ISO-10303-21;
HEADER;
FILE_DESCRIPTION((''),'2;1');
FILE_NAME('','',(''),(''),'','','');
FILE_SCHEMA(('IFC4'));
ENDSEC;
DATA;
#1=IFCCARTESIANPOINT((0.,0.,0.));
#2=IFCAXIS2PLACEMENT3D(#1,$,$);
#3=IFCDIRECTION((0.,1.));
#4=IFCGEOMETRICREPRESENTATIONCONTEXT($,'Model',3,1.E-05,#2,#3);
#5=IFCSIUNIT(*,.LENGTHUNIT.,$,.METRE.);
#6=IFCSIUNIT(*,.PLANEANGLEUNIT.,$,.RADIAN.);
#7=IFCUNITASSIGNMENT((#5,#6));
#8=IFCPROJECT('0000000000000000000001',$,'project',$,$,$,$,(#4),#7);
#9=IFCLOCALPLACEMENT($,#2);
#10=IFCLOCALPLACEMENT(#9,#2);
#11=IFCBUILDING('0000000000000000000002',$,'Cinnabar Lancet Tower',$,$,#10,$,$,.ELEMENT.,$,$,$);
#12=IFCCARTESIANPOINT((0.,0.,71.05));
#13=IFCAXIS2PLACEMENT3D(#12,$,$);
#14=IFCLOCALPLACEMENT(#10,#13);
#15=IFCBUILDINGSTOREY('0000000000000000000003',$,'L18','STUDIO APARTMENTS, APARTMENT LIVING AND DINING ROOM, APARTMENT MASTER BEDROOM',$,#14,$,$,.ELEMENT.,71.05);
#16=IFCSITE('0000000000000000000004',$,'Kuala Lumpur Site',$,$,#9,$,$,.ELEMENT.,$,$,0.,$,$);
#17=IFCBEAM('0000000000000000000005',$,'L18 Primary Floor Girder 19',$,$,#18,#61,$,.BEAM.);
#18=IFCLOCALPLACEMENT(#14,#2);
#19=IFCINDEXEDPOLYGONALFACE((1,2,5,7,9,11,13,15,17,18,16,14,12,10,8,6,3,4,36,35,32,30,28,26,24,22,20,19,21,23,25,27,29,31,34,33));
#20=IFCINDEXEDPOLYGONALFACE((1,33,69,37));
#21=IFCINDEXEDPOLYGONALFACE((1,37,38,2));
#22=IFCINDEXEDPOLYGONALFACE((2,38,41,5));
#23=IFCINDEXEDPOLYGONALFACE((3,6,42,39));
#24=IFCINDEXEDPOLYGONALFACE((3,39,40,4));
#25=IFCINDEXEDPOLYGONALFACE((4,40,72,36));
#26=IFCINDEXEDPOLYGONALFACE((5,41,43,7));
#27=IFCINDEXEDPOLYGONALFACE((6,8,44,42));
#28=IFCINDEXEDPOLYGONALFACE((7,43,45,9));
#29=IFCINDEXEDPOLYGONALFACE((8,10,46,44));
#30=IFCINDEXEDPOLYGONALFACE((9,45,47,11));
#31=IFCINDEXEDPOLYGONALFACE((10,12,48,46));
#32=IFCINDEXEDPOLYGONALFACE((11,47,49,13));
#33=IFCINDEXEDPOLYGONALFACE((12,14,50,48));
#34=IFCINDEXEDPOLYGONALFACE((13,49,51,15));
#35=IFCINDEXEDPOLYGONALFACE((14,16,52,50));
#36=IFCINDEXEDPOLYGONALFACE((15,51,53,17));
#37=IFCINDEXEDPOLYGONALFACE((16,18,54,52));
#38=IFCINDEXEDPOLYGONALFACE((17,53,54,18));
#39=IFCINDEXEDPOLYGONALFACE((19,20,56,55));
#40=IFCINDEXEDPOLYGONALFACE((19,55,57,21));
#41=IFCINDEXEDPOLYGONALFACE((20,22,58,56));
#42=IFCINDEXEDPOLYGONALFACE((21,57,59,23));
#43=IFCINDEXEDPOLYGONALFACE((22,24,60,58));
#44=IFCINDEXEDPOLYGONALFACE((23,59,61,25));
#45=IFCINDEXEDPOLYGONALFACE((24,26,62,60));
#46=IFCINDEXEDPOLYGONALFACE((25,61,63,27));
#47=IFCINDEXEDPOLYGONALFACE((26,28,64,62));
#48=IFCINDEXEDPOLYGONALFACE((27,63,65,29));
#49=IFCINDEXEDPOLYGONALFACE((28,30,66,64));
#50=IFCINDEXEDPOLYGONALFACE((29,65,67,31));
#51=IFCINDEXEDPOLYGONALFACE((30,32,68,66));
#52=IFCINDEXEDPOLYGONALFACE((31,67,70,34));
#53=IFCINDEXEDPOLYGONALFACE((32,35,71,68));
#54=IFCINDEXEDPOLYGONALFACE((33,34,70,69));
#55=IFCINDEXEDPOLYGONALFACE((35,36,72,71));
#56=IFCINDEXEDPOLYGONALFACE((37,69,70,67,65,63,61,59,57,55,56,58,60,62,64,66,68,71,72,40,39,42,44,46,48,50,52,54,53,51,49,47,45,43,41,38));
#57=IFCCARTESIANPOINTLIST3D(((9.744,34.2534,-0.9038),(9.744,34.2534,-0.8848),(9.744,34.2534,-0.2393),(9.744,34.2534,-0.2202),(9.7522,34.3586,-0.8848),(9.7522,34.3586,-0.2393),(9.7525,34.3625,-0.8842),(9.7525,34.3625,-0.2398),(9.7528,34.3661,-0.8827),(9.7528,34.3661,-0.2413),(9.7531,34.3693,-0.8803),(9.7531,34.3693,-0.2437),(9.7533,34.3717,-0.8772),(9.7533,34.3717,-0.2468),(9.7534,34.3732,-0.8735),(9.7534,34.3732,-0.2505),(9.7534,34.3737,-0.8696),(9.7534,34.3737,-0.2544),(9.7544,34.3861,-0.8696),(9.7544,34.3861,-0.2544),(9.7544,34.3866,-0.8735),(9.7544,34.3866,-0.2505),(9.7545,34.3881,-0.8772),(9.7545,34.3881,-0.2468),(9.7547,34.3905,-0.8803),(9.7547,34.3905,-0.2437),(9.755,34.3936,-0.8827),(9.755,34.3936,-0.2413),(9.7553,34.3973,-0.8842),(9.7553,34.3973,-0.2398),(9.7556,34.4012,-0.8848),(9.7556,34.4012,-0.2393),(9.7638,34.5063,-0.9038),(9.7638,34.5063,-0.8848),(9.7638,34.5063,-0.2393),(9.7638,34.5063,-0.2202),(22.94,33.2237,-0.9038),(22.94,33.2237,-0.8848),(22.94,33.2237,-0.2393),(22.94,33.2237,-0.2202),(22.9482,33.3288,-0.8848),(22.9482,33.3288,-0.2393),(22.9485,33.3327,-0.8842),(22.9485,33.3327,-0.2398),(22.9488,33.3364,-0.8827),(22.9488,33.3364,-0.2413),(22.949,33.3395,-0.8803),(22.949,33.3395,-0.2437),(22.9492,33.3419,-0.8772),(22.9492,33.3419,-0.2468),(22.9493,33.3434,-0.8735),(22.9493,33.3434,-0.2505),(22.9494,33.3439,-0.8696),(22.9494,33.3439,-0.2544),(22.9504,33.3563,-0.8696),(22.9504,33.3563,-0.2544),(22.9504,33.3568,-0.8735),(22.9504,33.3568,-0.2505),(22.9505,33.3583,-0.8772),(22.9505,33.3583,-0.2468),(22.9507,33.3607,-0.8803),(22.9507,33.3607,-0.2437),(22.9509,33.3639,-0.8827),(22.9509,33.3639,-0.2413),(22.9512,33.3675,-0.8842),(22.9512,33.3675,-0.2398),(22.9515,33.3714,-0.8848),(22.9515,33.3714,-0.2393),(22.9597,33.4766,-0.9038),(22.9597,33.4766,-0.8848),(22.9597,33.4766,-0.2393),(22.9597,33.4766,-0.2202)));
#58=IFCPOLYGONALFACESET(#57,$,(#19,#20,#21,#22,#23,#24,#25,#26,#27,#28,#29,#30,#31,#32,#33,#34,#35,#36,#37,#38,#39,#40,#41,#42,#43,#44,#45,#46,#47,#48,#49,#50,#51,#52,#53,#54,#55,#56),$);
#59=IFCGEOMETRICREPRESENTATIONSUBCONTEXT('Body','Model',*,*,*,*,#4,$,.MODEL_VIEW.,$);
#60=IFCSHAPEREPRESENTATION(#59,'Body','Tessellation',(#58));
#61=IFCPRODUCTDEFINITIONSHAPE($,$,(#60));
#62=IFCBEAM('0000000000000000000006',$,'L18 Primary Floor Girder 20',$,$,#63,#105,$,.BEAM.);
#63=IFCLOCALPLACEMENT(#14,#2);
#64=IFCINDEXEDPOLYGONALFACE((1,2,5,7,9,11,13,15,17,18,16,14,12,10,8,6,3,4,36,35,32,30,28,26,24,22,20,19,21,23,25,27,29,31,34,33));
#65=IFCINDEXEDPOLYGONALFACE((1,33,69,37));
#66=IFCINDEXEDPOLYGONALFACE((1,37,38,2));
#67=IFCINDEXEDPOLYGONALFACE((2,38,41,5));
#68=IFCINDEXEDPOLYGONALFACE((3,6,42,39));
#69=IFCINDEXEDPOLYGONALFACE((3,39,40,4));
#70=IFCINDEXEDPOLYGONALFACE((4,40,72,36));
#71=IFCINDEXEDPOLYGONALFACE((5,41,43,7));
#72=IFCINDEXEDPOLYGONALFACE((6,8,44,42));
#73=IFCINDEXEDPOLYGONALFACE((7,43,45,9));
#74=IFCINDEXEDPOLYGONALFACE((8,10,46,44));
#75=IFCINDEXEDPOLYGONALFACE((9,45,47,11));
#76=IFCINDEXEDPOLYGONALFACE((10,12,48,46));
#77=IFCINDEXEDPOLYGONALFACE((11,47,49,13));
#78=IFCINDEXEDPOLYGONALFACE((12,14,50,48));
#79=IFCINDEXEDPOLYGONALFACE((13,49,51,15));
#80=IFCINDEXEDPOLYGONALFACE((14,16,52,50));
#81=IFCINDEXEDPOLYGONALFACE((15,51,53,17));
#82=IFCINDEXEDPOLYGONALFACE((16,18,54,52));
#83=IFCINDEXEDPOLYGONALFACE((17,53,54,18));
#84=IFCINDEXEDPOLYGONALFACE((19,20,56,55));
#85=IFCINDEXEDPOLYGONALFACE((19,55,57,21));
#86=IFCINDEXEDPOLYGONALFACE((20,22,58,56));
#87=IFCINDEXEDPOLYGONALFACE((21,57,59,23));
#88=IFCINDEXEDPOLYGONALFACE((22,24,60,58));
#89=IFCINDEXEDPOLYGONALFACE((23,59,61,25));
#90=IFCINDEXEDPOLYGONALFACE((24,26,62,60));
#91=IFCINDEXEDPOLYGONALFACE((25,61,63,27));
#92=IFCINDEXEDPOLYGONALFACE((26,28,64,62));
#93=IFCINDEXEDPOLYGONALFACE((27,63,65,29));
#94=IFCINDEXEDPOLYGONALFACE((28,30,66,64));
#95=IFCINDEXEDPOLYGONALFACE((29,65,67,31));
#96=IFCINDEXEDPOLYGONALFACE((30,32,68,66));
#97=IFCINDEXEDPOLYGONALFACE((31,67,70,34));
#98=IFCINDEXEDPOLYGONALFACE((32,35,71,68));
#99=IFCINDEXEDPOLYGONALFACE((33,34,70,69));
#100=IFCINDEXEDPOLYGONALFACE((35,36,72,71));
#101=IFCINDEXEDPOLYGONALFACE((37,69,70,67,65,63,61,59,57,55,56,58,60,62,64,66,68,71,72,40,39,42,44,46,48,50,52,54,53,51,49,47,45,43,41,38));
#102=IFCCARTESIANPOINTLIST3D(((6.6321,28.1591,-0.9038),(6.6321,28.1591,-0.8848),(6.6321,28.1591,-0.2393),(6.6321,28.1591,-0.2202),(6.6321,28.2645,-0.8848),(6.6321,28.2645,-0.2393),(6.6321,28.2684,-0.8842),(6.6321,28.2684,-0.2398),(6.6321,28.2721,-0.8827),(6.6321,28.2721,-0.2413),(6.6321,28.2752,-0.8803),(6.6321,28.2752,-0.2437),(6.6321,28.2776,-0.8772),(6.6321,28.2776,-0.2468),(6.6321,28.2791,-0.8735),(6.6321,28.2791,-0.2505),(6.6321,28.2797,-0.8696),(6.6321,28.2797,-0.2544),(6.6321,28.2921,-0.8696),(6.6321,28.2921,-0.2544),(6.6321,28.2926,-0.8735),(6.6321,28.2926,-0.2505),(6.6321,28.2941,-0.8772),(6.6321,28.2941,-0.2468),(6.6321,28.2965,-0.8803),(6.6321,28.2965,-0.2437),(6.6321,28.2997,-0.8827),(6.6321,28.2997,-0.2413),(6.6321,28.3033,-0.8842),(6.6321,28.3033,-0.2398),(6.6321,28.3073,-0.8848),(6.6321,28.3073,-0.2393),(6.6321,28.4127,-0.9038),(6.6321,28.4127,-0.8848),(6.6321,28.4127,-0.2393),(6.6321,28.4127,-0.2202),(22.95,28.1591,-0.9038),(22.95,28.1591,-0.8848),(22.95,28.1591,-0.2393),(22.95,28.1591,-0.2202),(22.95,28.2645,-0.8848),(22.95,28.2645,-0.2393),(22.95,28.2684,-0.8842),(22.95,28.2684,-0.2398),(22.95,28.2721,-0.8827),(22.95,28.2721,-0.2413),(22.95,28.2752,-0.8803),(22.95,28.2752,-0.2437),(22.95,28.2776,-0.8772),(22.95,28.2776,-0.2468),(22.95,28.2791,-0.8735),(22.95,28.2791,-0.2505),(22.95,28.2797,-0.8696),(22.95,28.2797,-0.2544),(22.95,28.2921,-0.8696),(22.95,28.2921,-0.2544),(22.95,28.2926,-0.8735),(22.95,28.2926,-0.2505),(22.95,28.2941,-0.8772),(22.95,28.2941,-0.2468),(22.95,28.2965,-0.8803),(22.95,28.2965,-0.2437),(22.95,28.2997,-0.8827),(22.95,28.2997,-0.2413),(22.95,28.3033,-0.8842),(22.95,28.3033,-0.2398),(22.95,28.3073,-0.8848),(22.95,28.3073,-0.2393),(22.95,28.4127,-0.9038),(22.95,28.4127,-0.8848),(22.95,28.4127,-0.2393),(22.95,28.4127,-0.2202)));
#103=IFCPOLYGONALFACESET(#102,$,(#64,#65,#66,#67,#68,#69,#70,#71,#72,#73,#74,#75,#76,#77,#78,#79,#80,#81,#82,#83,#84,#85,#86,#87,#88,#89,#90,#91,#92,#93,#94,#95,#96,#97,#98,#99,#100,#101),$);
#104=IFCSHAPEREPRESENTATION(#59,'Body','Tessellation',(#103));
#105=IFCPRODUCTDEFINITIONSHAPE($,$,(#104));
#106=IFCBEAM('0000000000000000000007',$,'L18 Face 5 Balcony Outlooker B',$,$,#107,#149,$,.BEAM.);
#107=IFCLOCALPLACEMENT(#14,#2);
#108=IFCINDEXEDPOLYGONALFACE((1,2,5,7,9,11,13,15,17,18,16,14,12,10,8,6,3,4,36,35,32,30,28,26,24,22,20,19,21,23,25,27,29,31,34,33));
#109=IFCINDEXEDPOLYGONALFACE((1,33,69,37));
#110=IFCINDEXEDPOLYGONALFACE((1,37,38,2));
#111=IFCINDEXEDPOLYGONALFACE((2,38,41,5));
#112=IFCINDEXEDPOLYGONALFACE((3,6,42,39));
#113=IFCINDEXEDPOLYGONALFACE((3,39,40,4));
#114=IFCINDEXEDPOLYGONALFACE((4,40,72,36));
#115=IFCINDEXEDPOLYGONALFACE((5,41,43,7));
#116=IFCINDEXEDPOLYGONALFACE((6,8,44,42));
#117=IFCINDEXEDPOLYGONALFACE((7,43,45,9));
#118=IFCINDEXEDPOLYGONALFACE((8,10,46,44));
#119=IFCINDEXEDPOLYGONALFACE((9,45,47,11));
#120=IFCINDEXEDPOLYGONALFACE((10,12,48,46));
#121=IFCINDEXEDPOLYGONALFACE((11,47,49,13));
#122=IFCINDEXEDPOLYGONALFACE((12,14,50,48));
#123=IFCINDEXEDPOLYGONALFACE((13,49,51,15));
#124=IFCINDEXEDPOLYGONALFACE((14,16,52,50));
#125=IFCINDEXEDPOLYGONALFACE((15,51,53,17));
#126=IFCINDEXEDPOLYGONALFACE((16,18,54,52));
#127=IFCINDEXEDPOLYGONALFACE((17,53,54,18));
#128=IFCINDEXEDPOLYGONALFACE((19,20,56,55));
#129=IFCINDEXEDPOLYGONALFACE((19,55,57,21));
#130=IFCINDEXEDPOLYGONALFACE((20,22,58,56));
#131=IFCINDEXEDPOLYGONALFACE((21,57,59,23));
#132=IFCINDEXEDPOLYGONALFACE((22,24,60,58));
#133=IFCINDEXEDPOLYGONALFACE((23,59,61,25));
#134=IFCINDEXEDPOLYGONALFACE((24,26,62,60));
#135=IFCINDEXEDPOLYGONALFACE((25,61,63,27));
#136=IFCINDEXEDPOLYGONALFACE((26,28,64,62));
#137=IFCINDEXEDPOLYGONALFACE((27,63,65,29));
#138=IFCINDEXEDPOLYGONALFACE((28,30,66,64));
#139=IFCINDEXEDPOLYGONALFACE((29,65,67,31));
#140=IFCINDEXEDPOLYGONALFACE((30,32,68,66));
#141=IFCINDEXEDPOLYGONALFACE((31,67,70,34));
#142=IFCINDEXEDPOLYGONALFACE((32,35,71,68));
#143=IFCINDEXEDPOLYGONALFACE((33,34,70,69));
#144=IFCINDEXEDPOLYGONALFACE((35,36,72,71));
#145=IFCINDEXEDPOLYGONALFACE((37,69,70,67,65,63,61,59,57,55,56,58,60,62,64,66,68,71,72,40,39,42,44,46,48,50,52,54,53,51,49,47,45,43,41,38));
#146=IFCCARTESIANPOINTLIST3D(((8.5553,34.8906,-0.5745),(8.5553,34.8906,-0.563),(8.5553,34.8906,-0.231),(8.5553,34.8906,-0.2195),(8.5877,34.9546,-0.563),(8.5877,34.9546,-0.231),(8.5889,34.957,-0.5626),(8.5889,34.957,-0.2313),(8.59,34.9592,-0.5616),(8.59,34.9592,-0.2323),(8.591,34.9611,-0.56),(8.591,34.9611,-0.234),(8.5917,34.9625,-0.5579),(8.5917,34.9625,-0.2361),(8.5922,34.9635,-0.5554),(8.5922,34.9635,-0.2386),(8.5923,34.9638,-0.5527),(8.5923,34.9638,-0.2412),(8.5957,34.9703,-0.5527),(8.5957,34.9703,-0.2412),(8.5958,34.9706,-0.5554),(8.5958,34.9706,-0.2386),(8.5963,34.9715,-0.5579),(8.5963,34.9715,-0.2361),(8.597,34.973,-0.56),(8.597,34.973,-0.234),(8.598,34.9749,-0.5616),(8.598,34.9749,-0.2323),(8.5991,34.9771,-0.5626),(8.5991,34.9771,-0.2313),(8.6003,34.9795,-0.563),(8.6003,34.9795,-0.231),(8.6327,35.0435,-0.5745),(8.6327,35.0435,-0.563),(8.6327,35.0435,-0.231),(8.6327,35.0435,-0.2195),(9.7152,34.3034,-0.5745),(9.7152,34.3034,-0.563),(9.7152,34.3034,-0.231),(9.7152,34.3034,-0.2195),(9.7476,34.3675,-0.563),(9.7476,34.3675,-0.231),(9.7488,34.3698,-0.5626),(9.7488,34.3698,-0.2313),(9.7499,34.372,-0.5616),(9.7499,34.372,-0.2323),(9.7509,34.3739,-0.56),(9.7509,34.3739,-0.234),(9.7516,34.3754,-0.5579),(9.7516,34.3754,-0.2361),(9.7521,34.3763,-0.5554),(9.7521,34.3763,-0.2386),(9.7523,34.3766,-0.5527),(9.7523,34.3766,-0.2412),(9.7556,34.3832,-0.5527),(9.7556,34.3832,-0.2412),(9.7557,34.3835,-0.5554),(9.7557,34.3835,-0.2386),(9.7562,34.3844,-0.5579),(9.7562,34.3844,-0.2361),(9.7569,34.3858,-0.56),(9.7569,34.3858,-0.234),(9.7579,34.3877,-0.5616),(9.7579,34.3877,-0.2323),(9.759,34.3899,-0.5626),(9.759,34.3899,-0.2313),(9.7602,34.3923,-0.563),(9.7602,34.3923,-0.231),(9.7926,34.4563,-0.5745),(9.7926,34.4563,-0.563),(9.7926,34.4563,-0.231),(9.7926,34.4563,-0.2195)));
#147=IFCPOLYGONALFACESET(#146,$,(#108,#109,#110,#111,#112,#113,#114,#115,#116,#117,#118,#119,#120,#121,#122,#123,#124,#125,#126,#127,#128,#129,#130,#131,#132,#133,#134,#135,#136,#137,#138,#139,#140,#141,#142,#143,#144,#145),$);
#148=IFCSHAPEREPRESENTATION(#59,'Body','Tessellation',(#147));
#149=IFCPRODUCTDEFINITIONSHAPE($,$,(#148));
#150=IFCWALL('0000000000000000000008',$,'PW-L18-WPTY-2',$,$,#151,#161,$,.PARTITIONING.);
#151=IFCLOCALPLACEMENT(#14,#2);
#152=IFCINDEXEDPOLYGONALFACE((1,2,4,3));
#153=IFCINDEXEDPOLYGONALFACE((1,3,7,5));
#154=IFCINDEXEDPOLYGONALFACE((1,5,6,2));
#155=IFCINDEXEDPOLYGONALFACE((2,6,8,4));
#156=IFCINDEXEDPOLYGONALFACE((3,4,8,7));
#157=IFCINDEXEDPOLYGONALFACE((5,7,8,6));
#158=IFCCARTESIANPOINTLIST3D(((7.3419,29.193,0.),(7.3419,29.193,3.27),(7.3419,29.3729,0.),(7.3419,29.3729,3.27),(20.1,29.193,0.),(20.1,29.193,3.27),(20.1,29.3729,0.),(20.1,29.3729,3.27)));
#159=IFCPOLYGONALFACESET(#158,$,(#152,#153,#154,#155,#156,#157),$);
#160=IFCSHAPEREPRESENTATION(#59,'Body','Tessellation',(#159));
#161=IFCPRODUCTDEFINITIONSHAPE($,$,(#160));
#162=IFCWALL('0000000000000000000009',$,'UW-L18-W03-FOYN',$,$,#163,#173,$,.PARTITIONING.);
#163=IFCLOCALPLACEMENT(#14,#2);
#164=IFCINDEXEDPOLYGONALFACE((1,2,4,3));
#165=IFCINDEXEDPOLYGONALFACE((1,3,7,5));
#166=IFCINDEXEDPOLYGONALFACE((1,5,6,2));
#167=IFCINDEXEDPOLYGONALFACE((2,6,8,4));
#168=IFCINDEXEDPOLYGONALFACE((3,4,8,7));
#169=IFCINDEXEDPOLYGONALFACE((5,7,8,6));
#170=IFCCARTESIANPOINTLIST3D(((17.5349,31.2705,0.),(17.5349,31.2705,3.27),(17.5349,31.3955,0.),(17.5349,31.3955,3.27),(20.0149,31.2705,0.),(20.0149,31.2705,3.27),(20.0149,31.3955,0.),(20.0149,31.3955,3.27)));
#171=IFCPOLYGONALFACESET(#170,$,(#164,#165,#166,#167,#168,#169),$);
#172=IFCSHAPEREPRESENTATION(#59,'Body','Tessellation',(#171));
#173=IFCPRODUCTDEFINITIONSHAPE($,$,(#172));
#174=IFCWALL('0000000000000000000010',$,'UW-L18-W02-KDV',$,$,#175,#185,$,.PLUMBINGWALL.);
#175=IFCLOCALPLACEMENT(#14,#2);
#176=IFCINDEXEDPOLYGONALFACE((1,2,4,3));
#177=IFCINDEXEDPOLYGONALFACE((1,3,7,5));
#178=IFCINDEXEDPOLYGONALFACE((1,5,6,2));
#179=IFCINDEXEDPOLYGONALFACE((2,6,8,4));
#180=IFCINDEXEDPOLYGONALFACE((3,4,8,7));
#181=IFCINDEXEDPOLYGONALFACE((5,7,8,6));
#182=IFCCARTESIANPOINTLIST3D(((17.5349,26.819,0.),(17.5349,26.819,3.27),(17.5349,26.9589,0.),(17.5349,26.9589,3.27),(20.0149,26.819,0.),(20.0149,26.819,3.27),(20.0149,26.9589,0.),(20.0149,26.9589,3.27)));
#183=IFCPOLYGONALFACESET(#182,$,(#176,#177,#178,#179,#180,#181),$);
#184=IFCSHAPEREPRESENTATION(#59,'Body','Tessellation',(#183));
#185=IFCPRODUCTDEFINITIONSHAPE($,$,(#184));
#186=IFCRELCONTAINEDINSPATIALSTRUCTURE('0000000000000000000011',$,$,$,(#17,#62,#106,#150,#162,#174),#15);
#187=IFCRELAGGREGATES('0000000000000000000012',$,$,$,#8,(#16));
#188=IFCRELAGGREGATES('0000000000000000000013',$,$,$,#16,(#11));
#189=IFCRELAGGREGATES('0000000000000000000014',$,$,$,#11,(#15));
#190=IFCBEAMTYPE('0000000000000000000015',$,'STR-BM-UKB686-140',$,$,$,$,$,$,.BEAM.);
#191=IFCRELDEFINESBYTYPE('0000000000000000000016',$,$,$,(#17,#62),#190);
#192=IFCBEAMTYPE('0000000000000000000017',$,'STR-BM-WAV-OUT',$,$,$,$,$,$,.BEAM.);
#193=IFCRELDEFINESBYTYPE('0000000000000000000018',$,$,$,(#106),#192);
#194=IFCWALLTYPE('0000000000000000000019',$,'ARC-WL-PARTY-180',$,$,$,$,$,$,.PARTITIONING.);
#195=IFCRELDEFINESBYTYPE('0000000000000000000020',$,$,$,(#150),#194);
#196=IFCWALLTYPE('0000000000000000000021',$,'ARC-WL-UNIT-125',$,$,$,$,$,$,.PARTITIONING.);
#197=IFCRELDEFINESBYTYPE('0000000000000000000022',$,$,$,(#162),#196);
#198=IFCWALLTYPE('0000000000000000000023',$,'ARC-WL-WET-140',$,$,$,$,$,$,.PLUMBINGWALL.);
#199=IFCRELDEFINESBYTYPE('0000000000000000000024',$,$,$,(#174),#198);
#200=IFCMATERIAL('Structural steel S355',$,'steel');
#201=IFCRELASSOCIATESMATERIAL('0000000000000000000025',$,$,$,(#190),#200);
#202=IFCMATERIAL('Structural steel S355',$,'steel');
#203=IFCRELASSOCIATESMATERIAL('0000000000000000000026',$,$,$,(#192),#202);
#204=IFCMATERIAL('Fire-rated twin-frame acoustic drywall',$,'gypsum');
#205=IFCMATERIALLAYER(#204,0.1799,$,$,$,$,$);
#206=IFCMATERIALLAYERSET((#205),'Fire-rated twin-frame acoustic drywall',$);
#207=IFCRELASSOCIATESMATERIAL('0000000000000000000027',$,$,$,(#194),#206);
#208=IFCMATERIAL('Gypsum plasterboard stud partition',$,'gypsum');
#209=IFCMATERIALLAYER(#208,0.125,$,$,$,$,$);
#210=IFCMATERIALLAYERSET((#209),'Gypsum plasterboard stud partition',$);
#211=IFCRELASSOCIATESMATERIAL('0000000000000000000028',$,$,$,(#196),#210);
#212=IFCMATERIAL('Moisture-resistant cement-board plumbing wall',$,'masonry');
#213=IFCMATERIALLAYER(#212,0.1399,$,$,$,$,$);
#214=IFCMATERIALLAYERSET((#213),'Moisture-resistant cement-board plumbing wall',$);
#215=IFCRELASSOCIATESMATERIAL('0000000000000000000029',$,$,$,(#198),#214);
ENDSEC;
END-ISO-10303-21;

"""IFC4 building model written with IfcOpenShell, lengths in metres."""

from ifc_helpers import new_model, si_unit, direction, frame, frame_2d, origin, origin_2d, place, context, subcontext, project, spatial, rectangle, i_section, extrude, material, layer, layer_set, material_profile, profile_set, type_object, element, save


model = new_model("IFC4")

# Units and contexts
model_context = context("Model", 3, precision=1e-05, world=origin(), true_north=direction((0.0, 1.0)))
body_context = subcontext(model_context, "Body", "Model", "MODEL_VIEW")
ifc_project = project(units=[si_unit("LENGTHUNIT", "METRE"), si_unit("PLANEANGLEUNIT", "RADIAN")], contexts=[model_context])

# Site, building, storey
site_placement = place(None, origin())
site = spatial("IfcSite", under=ifc_project, at=site_placement, Name="Kuala Lumpur Site", CompositionType="ELEMENT", RefElevation=0.0)
building_placement = place(site_placement, origin())
building = spatial("IfcBuilding", under=site, at=building_placement, Name="Cinnabar Lancet Tower", CompositionType="ELEMENT")
storey_placement = place(building_placement, frame((0.0, 0.0, 71.05)))
storey = spatial("IfcBuildingStorey", under=building, at=storey_placement, Name="L18", Description="STUDIO APARTMENTS, APARTMENT LIVING AND DINING ROOM, APARTMENT MASTER BEDROOM", CompositionType="ELEMENT", Elevation=71.05)

# Beams
ifc_material_1 = material(Name="Structural steel S355", Category="steel")
ifc_material_profile_1 = material_profile(ifc_material_1, i_section(OverallWidth=0.2537, OverallDepth=0.6836, WebThickness=0.0125, FlangeThickness=0.019, FilletRadius=0.0151, at=origin_2d()), Name="UKB 686x254x140")
ifc_profile_set_1 = profile_set([ifc_material_profile_1], Name="Structural steel S355")
beam_type_1 = type_object("IfcBeamType", Name="STR-BM-UKB686-140", PredefinedType="BEAM", material=ifc_profile_set_1)
beam_1_placement = place(storey_placement, frame((9.7539, 34.3799, -0.562), z_axis=(0.996969, -0.077801, 0.0), x_axis=(0.077801, 0.996969, 0.0)))
element("IfcBeam", 1, at=beam_1_placement, inside=storey, type_object=beam_type_1, Name="L18 Primary Floor Girder 19", PredefinedType="BEAM", context=body_context, shape_type="SweptSolid", body=[
    extrude(i_section(OverallWidth=0.2537, OverallDepth=0.6836, WebThickness=0.0125, FlangeThickness=0.019, FilletRadius=0.0151, at=origin_2d()), origin(), (0.0, 0.0, 1.0), 13.2361),
])
beam_2_placement = place(storey_placement, frame((6.6321, 28.2859, -0.562), z_axis=(1.0, 0.0, 0.0), x_axis=(0.0, 1.0, 0.0)))
element("IfcBeam", 2, at=beam_2_placement, inside=storey, type_object=beam_type_1, Name="L18 Primary Floor Girder 20", PredefinedType="BEAM", context=body_context, shape_type="SweptSolid", body=[
    extrude(i_section(OverallWidth=0.2537, OverallDepth=0.6836, WebThickness=0.0125, FlangeThickness=0.019, FilletRadius=0.0151, at=origin_2d()), origin(), (0.0, 0.0, 1.0), 16.3179),
])
ifc_material_2 = material(Name="Structural steel S355", Category="steel")
ifc_material_profile_2 = material_profile(ifc_material_2, i_section(OverallWidth=0.1714, OverallDepth=0.355, WebThickness=0.0073, FlangeThickness=0.0115, FilletRadius=0.0103, at=origin_2d()), Name="UKB 356x171x51")
ifc_profile_set_2 = profile_set([ifc_material_profile_2], Name="Structural steel S355")
beam_type_2 = type_object("IfcBeamType", Name="STR-BM-WAV-OUT", PredefinedType="BEAM", material=ifc_profile_set_2)
beam_3_placement = place(storey_placement, frame((9.7539, 34.3799, -0.397), z_axis=(-0.8922, 0.45164, 0.0), x_axis=(-0.45164, -0.8922, 0.0)))
element("IfcBeam", 3, at=beam_3_placement, inside=storey, type_object=beam_type_2, Name="L18 Face 5 Balcony Outlooker B", PredefinedType="BEAM", context=body_context, shape_type="SweptSolid", body=[
    extrude(i_section(OverallWidth=0.1714, OverallDepth=0.355, WebThickness=0.0073, FlangeThickness=0.0115, FilletRadius=0.0103, at=origin_2d()), origin(), (0.0, 0.0, 1.0), 1.3),
])

# Walls
ifc_material_3 = material(Name="Fire-rated twin-frame acoustic drywall", Category="gypsum")
ifc_layer_1 = layer(ifc_material_3, 0.1799)
ifc_layer_set_1 = layer_set([ifc_layer_1], Name="Fire-rated twin-frame acoustic drywall")
wall_type_1 = type_object("IfcWallType", Name="ARC-WL-PARTY-180", PredefinedType="PARTITIONING", material=ifc_layer_set_1)
wall_1_placement = place(storey_placement, frame((7.342, 29.283, 0.0), z_axis=(0.0, 0.0, 1.0), x_axis=(1.0, 0.0, 0.0)))
element("IfcWall", 4, at=wall_1_placement, inside=storey, type_object=wall_type_1, Name="PW-L18-WPTY-2", PredefinedType="PARTITIONING", context=body_context, shape_type="SweptSolid", body=[
    extrude(rectangle(XDim=12.7581, YDim=0.1799, at=frame_2d((6.3789, 0.0))), origin(), (0.0, 0.0, 1.0), 3.27),
])
ifc_material_4 = material(Name="Gypsum plasterboard stud partition", Category="gypsum")
ifc_layer_2 = layer(ifc_material_4, 0.125)
ifc_layer_set_2 = layer_set([ifc_layer_2], Name="Gypsum plasterboard stud partition")
wall_type_2 = type_object("IfcWallType", Name="ARC-WL-UNIT-125", PredefinedType="PARTITIONING", material=ifc_layer_set_2)
wall_2_placement = place(storey_placement, frame((17.5349, 31.333, 0.0), z_axis=(0.0, 0.0, 1.0), x_axis=(1.0, 0.0, 0.0)))
element("IfcWall", 5, at=wall_2_placement, inside=storey, type_object=wall_type_2, Name="UW-L18-W03-FOYN", PredefinedType="PARTITIONING", context=body_context, shape_type="SweptSolid", body=[
    extrude(rectangle(XDim=2.48, YDim=0.125, at=frame_2d((1.24, 0.0))), origin(), (0.0, 0.0, 1.0), 3.27),
])
ifc_material_5 = material(Name="Moisture-resistant cement-board plumbing wall", Category="masonry")
ifc_layer_3 = layer(ifc_material_5, 0.1399)
ifc_layer_set_3 = layer_set([ifc_layer_3], Name="Moisture-resistant cement-board plumbing wall")
wall_type_3 = type_object("IfcWallType", Name="ARC-WL-WET-140", PredefinedType="PLUMBINGWALL", material=ifc_layer_set_3)
wall_3_placement = place(storey_placement, frame((17.5349, 26.8889, 0.0), z_axis=(0.0, 0.0, 1.0), x_axis=(1.0, 0.0, 0.0)))
element("IfcWall", 6, at=wall_3_placement, inside=storey, type_object=wall_type_3, Name="UW-L18-W02-KDV", PredefinedType="PLUMBINGWALL", context=body_context, shape_type="SweptSolid", body=[
    extrude(rectangle(XDim=2.48, YDim=0.1399, at=frame_2d((1.24, 0.0))), origin(), (0.0, 0.0, 1.0), 3.27),
])

save(model, "model.ifc")
